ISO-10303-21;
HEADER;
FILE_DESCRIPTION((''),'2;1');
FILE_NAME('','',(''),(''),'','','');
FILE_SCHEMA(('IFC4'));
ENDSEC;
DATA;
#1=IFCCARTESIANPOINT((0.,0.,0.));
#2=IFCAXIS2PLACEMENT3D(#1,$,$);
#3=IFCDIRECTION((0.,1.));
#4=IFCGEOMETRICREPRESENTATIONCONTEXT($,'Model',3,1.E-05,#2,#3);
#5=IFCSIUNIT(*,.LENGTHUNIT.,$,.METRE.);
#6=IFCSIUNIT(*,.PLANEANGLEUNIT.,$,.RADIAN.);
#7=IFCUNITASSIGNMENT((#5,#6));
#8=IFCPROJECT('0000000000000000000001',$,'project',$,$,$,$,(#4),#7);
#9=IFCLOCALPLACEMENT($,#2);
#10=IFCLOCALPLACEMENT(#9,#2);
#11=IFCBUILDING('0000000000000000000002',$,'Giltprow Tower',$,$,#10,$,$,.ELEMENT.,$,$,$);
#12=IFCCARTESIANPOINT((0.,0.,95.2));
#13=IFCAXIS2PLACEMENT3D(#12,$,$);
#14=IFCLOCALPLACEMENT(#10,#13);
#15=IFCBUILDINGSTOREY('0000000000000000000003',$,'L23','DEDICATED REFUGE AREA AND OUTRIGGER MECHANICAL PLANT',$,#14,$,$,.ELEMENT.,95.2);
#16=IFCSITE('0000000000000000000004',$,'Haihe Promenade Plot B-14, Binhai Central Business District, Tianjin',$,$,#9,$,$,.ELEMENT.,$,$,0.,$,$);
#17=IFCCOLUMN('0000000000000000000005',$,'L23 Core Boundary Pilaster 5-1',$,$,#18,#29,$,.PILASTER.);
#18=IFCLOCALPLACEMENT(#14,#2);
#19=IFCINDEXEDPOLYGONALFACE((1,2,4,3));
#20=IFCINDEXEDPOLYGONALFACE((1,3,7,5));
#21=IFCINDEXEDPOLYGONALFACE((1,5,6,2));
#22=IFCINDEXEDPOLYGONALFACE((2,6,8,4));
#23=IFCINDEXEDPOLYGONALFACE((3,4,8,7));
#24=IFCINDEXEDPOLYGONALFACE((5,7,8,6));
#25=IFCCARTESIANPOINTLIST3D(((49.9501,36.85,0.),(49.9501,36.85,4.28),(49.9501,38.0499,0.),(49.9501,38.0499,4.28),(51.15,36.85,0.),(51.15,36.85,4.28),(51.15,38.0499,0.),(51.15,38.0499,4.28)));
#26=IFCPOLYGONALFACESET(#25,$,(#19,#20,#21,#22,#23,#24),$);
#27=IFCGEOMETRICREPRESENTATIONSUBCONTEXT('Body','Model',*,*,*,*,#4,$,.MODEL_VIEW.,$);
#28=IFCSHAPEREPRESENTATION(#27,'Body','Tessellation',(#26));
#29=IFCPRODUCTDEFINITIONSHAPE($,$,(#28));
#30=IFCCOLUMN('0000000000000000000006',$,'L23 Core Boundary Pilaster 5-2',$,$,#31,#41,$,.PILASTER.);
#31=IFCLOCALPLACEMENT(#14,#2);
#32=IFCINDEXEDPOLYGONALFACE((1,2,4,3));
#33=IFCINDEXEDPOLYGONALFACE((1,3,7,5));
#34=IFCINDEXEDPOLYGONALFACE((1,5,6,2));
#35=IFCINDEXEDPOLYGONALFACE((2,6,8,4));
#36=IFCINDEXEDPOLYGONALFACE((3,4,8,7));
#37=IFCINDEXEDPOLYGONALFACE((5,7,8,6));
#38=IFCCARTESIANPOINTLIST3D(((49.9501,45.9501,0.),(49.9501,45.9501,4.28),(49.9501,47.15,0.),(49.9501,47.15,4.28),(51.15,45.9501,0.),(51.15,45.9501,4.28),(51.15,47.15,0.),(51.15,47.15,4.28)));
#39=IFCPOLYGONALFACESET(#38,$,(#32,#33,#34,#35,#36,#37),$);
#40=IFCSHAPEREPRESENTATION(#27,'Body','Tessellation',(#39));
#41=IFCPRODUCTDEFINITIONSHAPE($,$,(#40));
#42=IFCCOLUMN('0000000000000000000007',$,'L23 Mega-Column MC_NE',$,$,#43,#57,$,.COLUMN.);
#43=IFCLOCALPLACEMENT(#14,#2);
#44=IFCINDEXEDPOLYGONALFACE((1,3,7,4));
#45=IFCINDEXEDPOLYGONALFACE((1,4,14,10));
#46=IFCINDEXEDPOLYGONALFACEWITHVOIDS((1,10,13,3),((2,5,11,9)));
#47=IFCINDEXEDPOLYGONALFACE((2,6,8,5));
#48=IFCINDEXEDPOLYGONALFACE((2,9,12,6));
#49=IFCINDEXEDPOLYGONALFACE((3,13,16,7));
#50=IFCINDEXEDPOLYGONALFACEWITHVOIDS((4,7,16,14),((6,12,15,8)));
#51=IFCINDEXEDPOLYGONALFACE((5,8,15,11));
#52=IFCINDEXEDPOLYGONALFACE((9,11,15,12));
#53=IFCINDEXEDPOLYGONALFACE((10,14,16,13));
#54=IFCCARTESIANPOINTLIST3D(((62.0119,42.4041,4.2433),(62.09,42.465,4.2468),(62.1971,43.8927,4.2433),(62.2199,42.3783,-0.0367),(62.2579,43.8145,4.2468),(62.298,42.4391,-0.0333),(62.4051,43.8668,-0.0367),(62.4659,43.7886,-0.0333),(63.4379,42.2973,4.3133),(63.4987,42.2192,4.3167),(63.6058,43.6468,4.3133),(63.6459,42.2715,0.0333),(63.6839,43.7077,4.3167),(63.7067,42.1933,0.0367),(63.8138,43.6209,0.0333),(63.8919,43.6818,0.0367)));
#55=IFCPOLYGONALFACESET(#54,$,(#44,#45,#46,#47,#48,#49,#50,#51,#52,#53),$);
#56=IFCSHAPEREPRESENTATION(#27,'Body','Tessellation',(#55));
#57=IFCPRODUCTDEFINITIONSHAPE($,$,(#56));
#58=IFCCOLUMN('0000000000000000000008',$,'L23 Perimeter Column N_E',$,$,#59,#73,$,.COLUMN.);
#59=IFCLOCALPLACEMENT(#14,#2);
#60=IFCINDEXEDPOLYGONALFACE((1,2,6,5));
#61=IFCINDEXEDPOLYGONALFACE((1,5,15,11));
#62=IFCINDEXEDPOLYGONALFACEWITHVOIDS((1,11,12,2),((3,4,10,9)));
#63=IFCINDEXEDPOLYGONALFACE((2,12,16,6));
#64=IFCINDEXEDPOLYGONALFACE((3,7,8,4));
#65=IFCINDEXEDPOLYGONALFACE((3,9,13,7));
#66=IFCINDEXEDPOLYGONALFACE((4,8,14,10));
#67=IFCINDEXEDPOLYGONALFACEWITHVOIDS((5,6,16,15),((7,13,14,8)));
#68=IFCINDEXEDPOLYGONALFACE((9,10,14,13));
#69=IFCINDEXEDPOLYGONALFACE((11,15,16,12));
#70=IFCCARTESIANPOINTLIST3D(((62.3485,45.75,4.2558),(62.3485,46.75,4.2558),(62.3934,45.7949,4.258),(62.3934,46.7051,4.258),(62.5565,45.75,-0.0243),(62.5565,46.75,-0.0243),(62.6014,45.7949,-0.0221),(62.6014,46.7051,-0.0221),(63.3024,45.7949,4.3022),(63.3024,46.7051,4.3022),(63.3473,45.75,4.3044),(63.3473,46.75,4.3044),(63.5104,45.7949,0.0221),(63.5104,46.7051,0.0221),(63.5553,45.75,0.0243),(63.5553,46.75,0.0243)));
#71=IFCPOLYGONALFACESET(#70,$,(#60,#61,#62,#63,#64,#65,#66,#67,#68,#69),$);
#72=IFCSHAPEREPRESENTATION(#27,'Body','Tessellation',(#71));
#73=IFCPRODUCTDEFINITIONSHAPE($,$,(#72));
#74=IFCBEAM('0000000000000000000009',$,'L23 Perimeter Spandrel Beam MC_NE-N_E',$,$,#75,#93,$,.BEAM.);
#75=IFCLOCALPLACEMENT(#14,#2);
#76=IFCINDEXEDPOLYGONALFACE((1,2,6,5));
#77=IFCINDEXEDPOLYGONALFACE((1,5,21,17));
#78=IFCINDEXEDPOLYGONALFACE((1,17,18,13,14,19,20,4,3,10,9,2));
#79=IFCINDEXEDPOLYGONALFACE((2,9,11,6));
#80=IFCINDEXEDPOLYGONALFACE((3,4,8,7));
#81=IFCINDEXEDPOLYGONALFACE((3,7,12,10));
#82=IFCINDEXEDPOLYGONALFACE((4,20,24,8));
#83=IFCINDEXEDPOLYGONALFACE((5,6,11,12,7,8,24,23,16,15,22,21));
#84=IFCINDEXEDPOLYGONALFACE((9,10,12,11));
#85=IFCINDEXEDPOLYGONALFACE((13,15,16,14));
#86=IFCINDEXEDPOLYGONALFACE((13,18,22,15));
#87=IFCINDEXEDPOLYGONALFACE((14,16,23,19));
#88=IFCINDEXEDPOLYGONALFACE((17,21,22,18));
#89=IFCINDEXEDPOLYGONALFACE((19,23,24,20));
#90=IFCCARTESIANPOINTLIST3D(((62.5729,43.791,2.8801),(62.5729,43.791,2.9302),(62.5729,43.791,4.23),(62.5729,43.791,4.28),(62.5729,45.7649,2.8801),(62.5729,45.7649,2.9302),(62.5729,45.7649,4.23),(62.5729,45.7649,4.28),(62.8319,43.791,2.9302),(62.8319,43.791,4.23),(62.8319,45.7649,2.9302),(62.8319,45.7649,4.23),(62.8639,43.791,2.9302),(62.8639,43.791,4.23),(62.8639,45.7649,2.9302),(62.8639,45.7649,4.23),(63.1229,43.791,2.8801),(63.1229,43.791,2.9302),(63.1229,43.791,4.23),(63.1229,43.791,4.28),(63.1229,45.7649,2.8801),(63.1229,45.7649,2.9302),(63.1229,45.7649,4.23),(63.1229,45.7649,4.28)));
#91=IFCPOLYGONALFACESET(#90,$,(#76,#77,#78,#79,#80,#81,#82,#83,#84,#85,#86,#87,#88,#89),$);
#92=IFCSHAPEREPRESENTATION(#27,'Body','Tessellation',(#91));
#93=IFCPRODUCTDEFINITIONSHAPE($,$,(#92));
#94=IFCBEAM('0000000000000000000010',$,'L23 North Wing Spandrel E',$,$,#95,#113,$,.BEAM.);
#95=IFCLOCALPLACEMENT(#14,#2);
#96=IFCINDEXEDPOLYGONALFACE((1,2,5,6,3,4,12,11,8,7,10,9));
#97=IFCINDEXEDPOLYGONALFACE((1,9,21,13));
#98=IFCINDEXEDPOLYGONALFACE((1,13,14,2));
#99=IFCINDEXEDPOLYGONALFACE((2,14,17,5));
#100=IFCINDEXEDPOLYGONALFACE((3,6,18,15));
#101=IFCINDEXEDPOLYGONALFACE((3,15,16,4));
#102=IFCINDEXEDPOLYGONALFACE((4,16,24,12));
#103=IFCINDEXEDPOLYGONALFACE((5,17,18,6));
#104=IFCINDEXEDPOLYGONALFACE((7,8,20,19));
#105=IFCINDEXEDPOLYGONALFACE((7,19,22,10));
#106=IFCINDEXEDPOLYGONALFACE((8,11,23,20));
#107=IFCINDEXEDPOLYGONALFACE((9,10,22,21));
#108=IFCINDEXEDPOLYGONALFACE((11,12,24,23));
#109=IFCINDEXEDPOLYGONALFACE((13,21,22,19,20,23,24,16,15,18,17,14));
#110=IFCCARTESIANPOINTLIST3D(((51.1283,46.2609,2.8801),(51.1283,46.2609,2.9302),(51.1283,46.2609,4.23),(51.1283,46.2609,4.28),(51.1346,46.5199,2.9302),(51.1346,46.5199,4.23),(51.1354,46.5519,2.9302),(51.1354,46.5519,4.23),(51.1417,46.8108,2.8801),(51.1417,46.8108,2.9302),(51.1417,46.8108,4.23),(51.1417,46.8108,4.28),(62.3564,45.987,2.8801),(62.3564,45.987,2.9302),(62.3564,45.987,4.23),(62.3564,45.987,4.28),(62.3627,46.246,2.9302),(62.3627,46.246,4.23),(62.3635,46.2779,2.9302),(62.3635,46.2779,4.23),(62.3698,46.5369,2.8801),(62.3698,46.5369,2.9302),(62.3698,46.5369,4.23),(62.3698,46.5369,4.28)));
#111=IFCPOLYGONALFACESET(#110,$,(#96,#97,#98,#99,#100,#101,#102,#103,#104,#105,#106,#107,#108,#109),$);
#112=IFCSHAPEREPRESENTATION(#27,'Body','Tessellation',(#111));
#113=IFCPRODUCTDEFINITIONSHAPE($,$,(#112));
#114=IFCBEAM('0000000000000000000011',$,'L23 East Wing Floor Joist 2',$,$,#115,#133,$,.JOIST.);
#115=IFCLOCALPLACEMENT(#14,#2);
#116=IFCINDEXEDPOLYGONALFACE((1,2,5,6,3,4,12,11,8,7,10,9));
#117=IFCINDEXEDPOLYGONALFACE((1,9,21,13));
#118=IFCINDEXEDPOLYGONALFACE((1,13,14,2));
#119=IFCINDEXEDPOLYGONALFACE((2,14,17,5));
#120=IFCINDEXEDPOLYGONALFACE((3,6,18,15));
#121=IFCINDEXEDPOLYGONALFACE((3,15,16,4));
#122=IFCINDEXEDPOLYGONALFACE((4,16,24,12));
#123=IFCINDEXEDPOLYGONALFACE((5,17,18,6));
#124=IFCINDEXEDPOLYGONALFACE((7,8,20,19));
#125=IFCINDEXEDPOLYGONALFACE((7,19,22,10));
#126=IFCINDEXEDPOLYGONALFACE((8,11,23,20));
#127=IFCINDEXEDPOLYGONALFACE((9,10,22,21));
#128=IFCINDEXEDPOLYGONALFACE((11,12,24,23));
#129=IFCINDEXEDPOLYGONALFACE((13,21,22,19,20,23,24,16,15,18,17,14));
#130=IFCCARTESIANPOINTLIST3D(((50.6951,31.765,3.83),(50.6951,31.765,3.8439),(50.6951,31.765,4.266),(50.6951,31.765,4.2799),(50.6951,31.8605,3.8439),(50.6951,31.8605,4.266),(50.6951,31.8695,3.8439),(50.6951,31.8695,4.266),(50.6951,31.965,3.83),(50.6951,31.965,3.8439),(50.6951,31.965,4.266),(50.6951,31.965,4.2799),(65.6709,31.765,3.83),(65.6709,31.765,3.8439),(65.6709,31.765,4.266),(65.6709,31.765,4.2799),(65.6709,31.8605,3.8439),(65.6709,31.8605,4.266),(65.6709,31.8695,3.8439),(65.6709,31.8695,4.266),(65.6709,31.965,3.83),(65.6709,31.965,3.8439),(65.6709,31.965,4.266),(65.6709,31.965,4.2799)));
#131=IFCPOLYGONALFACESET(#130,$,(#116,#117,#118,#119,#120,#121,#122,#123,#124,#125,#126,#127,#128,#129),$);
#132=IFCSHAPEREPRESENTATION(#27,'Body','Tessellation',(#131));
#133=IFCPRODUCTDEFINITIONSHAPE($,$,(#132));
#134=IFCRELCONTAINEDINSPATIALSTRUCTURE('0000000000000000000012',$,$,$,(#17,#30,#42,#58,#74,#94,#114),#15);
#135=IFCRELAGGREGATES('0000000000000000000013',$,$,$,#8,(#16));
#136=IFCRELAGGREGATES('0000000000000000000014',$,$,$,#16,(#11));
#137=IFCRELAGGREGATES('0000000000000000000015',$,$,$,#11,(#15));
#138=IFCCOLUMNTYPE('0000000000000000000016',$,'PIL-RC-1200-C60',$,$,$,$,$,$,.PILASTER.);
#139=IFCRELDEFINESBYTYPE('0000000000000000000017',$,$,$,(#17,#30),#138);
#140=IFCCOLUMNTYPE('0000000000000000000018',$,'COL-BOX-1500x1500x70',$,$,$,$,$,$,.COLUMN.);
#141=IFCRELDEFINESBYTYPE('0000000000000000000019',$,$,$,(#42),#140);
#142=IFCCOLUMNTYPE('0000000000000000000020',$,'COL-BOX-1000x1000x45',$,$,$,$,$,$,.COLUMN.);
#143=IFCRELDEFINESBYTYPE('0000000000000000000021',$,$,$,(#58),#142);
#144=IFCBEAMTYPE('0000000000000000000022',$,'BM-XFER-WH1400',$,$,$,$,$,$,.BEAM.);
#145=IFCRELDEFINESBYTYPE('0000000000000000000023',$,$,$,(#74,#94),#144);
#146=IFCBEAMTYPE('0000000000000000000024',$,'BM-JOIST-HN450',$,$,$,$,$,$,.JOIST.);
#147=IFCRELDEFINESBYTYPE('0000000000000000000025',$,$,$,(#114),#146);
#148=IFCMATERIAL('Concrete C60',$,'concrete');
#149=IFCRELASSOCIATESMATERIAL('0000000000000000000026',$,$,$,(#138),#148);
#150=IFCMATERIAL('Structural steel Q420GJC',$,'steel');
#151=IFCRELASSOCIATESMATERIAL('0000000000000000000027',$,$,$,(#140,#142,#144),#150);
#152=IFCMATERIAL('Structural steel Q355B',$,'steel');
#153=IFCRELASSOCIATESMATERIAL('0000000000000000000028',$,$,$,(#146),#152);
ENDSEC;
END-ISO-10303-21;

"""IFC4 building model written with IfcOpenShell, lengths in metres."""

from ifc_helpers import new_model, si_unit, direction, frame, origin, origin_2d, place, context, subcontext, project, spatial, rectangle, hollow_rectangle, i_section, extrude, source, transform, mapped, material, material_profile, profile_set, type_object, element, save


model = new_model("IFC4")

# Units and contexts
model_context = context("Model", 3, precision=1e-05, world=origin(), true_north=direction((0.0, 1.0)))
body_context = subcontext(model_context, "Body", "Model", "MODEL_VIEW")
ifc_project = project(units=[si_unit("LENGTHUNIT", "METRE"), si_unit("PLANEANGLEUNIT", "RADIAN")], contexts=[model_context])

# Site, building, storey
site_placement = place(None, origin())
site = spatial("IfcSite", under=ifc_project, at=site_placement, Name="Haihe Promenade Plot B-14, Binhai Central Business District, Tianjin", CompositionType="ELEMENT", RefElevation=0.0)
building_placement = place(site_placement, origin())
building = spatial("IfcBuilding", under=site, at=building_placement, Name="Giltprow Tower", CompositionType="ELEMENT")
storey_placement = place(building_placement, frame((0.0, 0.0, 95.2)))
storey = spatial("IfcBuildingStorey", under=building, at=storey_placement, Name="L23", Description="DEDICATED REFUGE AREA AND OUTRIGGER MECHANICAL PLANT", CompositionType="ELEMENT", Elevation=95.2)

# Columns
ifc_material_1 = material(Name="Concrete C60", Category="concrete")
ifc_material_profile_1 = material_profile(ifc_material_1, rectangle(XDim=1.2, YDim=1.2, at=origin_2d()), Name="RC 1200x1200")
ifc_profile_set_1 = profile_set([ifc_material_profile_1], Name="Concrete C60")
column_type_1 = type_object("IfcColumnType", Name="PIL-RC-1200-C60", PredefinedType="PILASTER", material=ifc_profile_set_1)
shared_shape_1 = source(origin(), body_context, "Body", "SweptSolid", [
    extrude(rectangle(XDim=1.2, YDim=1.2, at=origin_2d()), origin(), (0.0, 0.0, 1.0), 4.28),
])
for number, where, z_axis, x_axis, name in (
    (1, (50.55, 37.45, 0.0), (0.0, 0.0, 1.0), (1.0, 0.0, 0.0), "L23 Core Boundary Pilaster 5-1"),
    (2, (50.55, 46.55, 0.0), (0.0, 0.0, 1.0), (1.0, 0.0, 0.0), "L23 Core Boundary Pilaster 5-2"),
):
    element("IfcColumn", number, at=place(storey_placement, frame(where, z_axis=z_axis, x_axis=x_axis)), inside=storey, type_object=column_type_1, Name=name, PredefinedType="PILASTER", context=body_context, shape_type="MappedRepresentation", body=[
        mapped(shared_shape_1, transform((0.0, 0.0, 0.0), x_axis=(1.0, 0.0, 0.0), y_axis=(0.0, 1.0, 0.0), z_axis=(0.0, 0.0, 1.0), scale=1.0)),
    ])
ifc_material_2 = material(Name="Structural steel Q420GJC", Category="steel")
ifc_material_profile_2 = material_profile(ifc_material_2, hollow_rectangle(XDim=1.5, YDim=1.5, WallThickness=0.0701, at=origin_2d()), Name="BOX 1500x1500x70")
ifc_profile_set_2 = profile_set([ifc_material_profile_2], Name="Structural steel Q420GJC")
column_type_2 = type_object("IfcColumnType", Name="COL-BOX-1500x1500x70", PredefinedType="COLUMN", material=ifc_profile_set_2)
shared_shape_2 = source(origin(), body_context, "Body", "SweptSolid", [
    extrude(hollow_rectangle(XDim=1.5, YDim=1.5, WallThickness=0.0701, at=origin_2d()), origin(), (0.0, 0.0, 1.0), 4.2852),
])
column_1_placement = place(storey_placement, frame((63.0559, 43.03, 0.0), z_axis=(-0.048541, 0.006039, 0.998803), x_axis=(-0.123461, -0.992349, 0.0)))
element("IfcColumn", 3, at=column_1_placement, inside=storey, type_object=column_type_2, Name="L23 Mega-Column MC_NE", PredefinedType="COLUMN", context=body_context, shape_type="MappedRepresentation", body=[
    mapped(shared_shape_2, transform((0.0, 0.0, 0.0), x_axis=(1.0, 0.0, 0.0), y_axis=(0.0, 1.0, 0.0), z_axis=(0.0, 0.0, 1.0), scale=1.0)),
])
ifc_material_profile_3 = material_profile(ifc_material_2, hollow_rectangle(XDim=1.0, YDim=1.0, WallThickness=0.0449, at=origin_2d()), Name="BOX 1000x1000x45")
ifc_profile_set_3 = profile_set([ifc_material_profile_3], Name="Structural steel Q420GJC")
column_type_3 = type_object("IfcColumnType", Name="COL-BOX-1000x1000x45", PredefinedType="COLUMN", material=ifc_profile_set_3)
shared_shape_3 = source(origin(), body_context, "Body", "SweptSolid", [
    extrude(hollow_rectangle(XDim=1.0, YDim=1.0, WallThickness=0.0449, at=origin_2d()), origin(), (0.0, 0.0, 1.0), 4.2852),
])
column_2_placement = place(storey_placement, frame((63.0559, 46.25, 0.0), z_axis=(-0.048542, 0.0, 0.998821), x_axis=(0.0, -1.0, 0.0)))
element("IfcColumn", 4, at=column_2_placement, inside=storey, type_object=column_type_3, Name="L23 Perimeter Column N_E", PredefinedType="COLUMN", context=body_context, shape_type="MappedRepresentation", body=[
    mapped(shared_shape_3, transform((0.0, 0.0, 0.0), x_axis=(1.0, 0.0, 0.0), y_axis=(0.0, 1.0, 0.0), z_axis=(0.0, 0.0, 1.0), scale=1.0)),
])

# Beams
ifc_material_profile_4 = material_profile(ifc_material_2, i_section(OverallWidth=0.55, OverallDepth=1.3999, WebThickness=0.032, FlangeThickness=0.05, at=origin_2d()), Name="WH 1400x550x32x50")
ifc_profile_set_4 = profile_set([ifc_material_profile_4], Name="Structural steel Q420GJC")
beam_type_1 = type_object("IfcBeamType", Name="BM-XFER-WH1400", PredefinedType="BEAM", material=ifc_profile_set_4)
shared_shape_4 = source(origin(), body_context, "Body", "SweptSolid", [
    extrude(i_section(OverallWidth=0.55, OverallDepth=1.3999, WebThickness=0.032, FlangeThickness=0.05, at=origin_2d()), origin(), (0.0, 0.0, 1.0), 1.9739),
])
beam_1_placement = place(storey_placement, frame((62.8479, 43.791, 3.5801), z_axis=(0.0, 1.0, 0.0), x_axis=(-1.0, 0.0, 0.0)))
element("IfcBeam", 5, at=beam_1_placement, inside=storey, type_object=beam_type_1, Name="L23 Perimeter Spandrel Beam MC_NE-N_E", PredefinedType="BEAM", context=body_context, shape_type="MappedRepresentation", body=[
    mapped(shared_shape_4, transform((0.0, 0.0, 0.0), x_axis=(1.0, 0.0, 0.0), y_axis=(0.0, 1.0, 0.0), z_axis=(0.0, 0.0, 1.0), scale=1.0)),
])
shared_shape_5 = source(origin(), body_context, "Body", "SweptSolid", [
    extrude(i_section(OverallWidth=0.55, OverallDepth=1.3999, WebThickness=0.032, FlangeThickness=0.05, at=origin_2d()), origin(), (0.0, 0.0, 1.0), 11.2314),
])
beam_2_placement = place(storey_placement, frame((51.135, 46.5359, 3.5801), z_axis=(0.999703, -0.024389, 0.0), x_axis=(0.024389, 0.999703, 0.0)))
element("IfcBeam", 6, at=beam_2_placement, inside=storey, type_object=beam_type_1, Name="L23 North Wing Spandrel E", PredefinedType="BEAM", context=body_context, shape_type="MappedRepresentation", body=[
    mapped(shared_shape_5, transform((0.0, 0.0, 0.0), x_axis=(1.0, 0.0, 0.0), y_axis=(0.0, 1.0, 0.0), z_axis=(0.0, 0.0, 1.0), scale=1.0)),
])
ifc_material_3 = material(Name="Structural steel Q355B", Category="steel")
ifc_material_profile_5 = material_profile(ifc_material_3, i_section(OverallWidth=0.2, OverallDepth=0.45, WebThickness=0.009, FlangeThickness=0.0139, at=origin_2d()), Name="HN 450x200x9x14")
ifc_profile_set_5 = profile_set([ifc_material_profile_5], Name="Structural steel Q355B")
beam_type_2 = type_object("IfcBeamType", Name="BM-JOIST-HN450", PredefinedType="JOIST", material=ifc_profile_set_5)
shared_shape_6 = source(origin(), body_context, "Body", "SweptSolid", [
    extrude(i_section(OverallWidth=0.2, OverallDepth=0.45, WebThickness=0.009, FlangeThickness=0.0139, at=origin_2d()), origin(), (0.0, 0.0, 1.0), 14.9758),
])
beam_3_placement = place(storey_placement, frame((50.6951, 31.865, 4.0549), z_axis=(1.0, 0.0, 0.0), x_axis=(0.0, 1.0, 0.0)))
element("IfcBeam", 7, at=beam_3_placement, inside=storey, type_object=beam_type_2, Name="L23 East Wing Floor Joist 2", PredefinedType="JOIST", context=body_context, shape_type="MappedRepresentation", body=[
    mapped(shared_shape_6, transform((0.0, 0.0, 0.0), x_axis=(1.0, 0.0, 0.0), y_axis=(0.0, 1.0, 0.0), z_axis=(0.0, 0.0, 1.0), scale=1.0)),
])

save(model, "model.ifc")
